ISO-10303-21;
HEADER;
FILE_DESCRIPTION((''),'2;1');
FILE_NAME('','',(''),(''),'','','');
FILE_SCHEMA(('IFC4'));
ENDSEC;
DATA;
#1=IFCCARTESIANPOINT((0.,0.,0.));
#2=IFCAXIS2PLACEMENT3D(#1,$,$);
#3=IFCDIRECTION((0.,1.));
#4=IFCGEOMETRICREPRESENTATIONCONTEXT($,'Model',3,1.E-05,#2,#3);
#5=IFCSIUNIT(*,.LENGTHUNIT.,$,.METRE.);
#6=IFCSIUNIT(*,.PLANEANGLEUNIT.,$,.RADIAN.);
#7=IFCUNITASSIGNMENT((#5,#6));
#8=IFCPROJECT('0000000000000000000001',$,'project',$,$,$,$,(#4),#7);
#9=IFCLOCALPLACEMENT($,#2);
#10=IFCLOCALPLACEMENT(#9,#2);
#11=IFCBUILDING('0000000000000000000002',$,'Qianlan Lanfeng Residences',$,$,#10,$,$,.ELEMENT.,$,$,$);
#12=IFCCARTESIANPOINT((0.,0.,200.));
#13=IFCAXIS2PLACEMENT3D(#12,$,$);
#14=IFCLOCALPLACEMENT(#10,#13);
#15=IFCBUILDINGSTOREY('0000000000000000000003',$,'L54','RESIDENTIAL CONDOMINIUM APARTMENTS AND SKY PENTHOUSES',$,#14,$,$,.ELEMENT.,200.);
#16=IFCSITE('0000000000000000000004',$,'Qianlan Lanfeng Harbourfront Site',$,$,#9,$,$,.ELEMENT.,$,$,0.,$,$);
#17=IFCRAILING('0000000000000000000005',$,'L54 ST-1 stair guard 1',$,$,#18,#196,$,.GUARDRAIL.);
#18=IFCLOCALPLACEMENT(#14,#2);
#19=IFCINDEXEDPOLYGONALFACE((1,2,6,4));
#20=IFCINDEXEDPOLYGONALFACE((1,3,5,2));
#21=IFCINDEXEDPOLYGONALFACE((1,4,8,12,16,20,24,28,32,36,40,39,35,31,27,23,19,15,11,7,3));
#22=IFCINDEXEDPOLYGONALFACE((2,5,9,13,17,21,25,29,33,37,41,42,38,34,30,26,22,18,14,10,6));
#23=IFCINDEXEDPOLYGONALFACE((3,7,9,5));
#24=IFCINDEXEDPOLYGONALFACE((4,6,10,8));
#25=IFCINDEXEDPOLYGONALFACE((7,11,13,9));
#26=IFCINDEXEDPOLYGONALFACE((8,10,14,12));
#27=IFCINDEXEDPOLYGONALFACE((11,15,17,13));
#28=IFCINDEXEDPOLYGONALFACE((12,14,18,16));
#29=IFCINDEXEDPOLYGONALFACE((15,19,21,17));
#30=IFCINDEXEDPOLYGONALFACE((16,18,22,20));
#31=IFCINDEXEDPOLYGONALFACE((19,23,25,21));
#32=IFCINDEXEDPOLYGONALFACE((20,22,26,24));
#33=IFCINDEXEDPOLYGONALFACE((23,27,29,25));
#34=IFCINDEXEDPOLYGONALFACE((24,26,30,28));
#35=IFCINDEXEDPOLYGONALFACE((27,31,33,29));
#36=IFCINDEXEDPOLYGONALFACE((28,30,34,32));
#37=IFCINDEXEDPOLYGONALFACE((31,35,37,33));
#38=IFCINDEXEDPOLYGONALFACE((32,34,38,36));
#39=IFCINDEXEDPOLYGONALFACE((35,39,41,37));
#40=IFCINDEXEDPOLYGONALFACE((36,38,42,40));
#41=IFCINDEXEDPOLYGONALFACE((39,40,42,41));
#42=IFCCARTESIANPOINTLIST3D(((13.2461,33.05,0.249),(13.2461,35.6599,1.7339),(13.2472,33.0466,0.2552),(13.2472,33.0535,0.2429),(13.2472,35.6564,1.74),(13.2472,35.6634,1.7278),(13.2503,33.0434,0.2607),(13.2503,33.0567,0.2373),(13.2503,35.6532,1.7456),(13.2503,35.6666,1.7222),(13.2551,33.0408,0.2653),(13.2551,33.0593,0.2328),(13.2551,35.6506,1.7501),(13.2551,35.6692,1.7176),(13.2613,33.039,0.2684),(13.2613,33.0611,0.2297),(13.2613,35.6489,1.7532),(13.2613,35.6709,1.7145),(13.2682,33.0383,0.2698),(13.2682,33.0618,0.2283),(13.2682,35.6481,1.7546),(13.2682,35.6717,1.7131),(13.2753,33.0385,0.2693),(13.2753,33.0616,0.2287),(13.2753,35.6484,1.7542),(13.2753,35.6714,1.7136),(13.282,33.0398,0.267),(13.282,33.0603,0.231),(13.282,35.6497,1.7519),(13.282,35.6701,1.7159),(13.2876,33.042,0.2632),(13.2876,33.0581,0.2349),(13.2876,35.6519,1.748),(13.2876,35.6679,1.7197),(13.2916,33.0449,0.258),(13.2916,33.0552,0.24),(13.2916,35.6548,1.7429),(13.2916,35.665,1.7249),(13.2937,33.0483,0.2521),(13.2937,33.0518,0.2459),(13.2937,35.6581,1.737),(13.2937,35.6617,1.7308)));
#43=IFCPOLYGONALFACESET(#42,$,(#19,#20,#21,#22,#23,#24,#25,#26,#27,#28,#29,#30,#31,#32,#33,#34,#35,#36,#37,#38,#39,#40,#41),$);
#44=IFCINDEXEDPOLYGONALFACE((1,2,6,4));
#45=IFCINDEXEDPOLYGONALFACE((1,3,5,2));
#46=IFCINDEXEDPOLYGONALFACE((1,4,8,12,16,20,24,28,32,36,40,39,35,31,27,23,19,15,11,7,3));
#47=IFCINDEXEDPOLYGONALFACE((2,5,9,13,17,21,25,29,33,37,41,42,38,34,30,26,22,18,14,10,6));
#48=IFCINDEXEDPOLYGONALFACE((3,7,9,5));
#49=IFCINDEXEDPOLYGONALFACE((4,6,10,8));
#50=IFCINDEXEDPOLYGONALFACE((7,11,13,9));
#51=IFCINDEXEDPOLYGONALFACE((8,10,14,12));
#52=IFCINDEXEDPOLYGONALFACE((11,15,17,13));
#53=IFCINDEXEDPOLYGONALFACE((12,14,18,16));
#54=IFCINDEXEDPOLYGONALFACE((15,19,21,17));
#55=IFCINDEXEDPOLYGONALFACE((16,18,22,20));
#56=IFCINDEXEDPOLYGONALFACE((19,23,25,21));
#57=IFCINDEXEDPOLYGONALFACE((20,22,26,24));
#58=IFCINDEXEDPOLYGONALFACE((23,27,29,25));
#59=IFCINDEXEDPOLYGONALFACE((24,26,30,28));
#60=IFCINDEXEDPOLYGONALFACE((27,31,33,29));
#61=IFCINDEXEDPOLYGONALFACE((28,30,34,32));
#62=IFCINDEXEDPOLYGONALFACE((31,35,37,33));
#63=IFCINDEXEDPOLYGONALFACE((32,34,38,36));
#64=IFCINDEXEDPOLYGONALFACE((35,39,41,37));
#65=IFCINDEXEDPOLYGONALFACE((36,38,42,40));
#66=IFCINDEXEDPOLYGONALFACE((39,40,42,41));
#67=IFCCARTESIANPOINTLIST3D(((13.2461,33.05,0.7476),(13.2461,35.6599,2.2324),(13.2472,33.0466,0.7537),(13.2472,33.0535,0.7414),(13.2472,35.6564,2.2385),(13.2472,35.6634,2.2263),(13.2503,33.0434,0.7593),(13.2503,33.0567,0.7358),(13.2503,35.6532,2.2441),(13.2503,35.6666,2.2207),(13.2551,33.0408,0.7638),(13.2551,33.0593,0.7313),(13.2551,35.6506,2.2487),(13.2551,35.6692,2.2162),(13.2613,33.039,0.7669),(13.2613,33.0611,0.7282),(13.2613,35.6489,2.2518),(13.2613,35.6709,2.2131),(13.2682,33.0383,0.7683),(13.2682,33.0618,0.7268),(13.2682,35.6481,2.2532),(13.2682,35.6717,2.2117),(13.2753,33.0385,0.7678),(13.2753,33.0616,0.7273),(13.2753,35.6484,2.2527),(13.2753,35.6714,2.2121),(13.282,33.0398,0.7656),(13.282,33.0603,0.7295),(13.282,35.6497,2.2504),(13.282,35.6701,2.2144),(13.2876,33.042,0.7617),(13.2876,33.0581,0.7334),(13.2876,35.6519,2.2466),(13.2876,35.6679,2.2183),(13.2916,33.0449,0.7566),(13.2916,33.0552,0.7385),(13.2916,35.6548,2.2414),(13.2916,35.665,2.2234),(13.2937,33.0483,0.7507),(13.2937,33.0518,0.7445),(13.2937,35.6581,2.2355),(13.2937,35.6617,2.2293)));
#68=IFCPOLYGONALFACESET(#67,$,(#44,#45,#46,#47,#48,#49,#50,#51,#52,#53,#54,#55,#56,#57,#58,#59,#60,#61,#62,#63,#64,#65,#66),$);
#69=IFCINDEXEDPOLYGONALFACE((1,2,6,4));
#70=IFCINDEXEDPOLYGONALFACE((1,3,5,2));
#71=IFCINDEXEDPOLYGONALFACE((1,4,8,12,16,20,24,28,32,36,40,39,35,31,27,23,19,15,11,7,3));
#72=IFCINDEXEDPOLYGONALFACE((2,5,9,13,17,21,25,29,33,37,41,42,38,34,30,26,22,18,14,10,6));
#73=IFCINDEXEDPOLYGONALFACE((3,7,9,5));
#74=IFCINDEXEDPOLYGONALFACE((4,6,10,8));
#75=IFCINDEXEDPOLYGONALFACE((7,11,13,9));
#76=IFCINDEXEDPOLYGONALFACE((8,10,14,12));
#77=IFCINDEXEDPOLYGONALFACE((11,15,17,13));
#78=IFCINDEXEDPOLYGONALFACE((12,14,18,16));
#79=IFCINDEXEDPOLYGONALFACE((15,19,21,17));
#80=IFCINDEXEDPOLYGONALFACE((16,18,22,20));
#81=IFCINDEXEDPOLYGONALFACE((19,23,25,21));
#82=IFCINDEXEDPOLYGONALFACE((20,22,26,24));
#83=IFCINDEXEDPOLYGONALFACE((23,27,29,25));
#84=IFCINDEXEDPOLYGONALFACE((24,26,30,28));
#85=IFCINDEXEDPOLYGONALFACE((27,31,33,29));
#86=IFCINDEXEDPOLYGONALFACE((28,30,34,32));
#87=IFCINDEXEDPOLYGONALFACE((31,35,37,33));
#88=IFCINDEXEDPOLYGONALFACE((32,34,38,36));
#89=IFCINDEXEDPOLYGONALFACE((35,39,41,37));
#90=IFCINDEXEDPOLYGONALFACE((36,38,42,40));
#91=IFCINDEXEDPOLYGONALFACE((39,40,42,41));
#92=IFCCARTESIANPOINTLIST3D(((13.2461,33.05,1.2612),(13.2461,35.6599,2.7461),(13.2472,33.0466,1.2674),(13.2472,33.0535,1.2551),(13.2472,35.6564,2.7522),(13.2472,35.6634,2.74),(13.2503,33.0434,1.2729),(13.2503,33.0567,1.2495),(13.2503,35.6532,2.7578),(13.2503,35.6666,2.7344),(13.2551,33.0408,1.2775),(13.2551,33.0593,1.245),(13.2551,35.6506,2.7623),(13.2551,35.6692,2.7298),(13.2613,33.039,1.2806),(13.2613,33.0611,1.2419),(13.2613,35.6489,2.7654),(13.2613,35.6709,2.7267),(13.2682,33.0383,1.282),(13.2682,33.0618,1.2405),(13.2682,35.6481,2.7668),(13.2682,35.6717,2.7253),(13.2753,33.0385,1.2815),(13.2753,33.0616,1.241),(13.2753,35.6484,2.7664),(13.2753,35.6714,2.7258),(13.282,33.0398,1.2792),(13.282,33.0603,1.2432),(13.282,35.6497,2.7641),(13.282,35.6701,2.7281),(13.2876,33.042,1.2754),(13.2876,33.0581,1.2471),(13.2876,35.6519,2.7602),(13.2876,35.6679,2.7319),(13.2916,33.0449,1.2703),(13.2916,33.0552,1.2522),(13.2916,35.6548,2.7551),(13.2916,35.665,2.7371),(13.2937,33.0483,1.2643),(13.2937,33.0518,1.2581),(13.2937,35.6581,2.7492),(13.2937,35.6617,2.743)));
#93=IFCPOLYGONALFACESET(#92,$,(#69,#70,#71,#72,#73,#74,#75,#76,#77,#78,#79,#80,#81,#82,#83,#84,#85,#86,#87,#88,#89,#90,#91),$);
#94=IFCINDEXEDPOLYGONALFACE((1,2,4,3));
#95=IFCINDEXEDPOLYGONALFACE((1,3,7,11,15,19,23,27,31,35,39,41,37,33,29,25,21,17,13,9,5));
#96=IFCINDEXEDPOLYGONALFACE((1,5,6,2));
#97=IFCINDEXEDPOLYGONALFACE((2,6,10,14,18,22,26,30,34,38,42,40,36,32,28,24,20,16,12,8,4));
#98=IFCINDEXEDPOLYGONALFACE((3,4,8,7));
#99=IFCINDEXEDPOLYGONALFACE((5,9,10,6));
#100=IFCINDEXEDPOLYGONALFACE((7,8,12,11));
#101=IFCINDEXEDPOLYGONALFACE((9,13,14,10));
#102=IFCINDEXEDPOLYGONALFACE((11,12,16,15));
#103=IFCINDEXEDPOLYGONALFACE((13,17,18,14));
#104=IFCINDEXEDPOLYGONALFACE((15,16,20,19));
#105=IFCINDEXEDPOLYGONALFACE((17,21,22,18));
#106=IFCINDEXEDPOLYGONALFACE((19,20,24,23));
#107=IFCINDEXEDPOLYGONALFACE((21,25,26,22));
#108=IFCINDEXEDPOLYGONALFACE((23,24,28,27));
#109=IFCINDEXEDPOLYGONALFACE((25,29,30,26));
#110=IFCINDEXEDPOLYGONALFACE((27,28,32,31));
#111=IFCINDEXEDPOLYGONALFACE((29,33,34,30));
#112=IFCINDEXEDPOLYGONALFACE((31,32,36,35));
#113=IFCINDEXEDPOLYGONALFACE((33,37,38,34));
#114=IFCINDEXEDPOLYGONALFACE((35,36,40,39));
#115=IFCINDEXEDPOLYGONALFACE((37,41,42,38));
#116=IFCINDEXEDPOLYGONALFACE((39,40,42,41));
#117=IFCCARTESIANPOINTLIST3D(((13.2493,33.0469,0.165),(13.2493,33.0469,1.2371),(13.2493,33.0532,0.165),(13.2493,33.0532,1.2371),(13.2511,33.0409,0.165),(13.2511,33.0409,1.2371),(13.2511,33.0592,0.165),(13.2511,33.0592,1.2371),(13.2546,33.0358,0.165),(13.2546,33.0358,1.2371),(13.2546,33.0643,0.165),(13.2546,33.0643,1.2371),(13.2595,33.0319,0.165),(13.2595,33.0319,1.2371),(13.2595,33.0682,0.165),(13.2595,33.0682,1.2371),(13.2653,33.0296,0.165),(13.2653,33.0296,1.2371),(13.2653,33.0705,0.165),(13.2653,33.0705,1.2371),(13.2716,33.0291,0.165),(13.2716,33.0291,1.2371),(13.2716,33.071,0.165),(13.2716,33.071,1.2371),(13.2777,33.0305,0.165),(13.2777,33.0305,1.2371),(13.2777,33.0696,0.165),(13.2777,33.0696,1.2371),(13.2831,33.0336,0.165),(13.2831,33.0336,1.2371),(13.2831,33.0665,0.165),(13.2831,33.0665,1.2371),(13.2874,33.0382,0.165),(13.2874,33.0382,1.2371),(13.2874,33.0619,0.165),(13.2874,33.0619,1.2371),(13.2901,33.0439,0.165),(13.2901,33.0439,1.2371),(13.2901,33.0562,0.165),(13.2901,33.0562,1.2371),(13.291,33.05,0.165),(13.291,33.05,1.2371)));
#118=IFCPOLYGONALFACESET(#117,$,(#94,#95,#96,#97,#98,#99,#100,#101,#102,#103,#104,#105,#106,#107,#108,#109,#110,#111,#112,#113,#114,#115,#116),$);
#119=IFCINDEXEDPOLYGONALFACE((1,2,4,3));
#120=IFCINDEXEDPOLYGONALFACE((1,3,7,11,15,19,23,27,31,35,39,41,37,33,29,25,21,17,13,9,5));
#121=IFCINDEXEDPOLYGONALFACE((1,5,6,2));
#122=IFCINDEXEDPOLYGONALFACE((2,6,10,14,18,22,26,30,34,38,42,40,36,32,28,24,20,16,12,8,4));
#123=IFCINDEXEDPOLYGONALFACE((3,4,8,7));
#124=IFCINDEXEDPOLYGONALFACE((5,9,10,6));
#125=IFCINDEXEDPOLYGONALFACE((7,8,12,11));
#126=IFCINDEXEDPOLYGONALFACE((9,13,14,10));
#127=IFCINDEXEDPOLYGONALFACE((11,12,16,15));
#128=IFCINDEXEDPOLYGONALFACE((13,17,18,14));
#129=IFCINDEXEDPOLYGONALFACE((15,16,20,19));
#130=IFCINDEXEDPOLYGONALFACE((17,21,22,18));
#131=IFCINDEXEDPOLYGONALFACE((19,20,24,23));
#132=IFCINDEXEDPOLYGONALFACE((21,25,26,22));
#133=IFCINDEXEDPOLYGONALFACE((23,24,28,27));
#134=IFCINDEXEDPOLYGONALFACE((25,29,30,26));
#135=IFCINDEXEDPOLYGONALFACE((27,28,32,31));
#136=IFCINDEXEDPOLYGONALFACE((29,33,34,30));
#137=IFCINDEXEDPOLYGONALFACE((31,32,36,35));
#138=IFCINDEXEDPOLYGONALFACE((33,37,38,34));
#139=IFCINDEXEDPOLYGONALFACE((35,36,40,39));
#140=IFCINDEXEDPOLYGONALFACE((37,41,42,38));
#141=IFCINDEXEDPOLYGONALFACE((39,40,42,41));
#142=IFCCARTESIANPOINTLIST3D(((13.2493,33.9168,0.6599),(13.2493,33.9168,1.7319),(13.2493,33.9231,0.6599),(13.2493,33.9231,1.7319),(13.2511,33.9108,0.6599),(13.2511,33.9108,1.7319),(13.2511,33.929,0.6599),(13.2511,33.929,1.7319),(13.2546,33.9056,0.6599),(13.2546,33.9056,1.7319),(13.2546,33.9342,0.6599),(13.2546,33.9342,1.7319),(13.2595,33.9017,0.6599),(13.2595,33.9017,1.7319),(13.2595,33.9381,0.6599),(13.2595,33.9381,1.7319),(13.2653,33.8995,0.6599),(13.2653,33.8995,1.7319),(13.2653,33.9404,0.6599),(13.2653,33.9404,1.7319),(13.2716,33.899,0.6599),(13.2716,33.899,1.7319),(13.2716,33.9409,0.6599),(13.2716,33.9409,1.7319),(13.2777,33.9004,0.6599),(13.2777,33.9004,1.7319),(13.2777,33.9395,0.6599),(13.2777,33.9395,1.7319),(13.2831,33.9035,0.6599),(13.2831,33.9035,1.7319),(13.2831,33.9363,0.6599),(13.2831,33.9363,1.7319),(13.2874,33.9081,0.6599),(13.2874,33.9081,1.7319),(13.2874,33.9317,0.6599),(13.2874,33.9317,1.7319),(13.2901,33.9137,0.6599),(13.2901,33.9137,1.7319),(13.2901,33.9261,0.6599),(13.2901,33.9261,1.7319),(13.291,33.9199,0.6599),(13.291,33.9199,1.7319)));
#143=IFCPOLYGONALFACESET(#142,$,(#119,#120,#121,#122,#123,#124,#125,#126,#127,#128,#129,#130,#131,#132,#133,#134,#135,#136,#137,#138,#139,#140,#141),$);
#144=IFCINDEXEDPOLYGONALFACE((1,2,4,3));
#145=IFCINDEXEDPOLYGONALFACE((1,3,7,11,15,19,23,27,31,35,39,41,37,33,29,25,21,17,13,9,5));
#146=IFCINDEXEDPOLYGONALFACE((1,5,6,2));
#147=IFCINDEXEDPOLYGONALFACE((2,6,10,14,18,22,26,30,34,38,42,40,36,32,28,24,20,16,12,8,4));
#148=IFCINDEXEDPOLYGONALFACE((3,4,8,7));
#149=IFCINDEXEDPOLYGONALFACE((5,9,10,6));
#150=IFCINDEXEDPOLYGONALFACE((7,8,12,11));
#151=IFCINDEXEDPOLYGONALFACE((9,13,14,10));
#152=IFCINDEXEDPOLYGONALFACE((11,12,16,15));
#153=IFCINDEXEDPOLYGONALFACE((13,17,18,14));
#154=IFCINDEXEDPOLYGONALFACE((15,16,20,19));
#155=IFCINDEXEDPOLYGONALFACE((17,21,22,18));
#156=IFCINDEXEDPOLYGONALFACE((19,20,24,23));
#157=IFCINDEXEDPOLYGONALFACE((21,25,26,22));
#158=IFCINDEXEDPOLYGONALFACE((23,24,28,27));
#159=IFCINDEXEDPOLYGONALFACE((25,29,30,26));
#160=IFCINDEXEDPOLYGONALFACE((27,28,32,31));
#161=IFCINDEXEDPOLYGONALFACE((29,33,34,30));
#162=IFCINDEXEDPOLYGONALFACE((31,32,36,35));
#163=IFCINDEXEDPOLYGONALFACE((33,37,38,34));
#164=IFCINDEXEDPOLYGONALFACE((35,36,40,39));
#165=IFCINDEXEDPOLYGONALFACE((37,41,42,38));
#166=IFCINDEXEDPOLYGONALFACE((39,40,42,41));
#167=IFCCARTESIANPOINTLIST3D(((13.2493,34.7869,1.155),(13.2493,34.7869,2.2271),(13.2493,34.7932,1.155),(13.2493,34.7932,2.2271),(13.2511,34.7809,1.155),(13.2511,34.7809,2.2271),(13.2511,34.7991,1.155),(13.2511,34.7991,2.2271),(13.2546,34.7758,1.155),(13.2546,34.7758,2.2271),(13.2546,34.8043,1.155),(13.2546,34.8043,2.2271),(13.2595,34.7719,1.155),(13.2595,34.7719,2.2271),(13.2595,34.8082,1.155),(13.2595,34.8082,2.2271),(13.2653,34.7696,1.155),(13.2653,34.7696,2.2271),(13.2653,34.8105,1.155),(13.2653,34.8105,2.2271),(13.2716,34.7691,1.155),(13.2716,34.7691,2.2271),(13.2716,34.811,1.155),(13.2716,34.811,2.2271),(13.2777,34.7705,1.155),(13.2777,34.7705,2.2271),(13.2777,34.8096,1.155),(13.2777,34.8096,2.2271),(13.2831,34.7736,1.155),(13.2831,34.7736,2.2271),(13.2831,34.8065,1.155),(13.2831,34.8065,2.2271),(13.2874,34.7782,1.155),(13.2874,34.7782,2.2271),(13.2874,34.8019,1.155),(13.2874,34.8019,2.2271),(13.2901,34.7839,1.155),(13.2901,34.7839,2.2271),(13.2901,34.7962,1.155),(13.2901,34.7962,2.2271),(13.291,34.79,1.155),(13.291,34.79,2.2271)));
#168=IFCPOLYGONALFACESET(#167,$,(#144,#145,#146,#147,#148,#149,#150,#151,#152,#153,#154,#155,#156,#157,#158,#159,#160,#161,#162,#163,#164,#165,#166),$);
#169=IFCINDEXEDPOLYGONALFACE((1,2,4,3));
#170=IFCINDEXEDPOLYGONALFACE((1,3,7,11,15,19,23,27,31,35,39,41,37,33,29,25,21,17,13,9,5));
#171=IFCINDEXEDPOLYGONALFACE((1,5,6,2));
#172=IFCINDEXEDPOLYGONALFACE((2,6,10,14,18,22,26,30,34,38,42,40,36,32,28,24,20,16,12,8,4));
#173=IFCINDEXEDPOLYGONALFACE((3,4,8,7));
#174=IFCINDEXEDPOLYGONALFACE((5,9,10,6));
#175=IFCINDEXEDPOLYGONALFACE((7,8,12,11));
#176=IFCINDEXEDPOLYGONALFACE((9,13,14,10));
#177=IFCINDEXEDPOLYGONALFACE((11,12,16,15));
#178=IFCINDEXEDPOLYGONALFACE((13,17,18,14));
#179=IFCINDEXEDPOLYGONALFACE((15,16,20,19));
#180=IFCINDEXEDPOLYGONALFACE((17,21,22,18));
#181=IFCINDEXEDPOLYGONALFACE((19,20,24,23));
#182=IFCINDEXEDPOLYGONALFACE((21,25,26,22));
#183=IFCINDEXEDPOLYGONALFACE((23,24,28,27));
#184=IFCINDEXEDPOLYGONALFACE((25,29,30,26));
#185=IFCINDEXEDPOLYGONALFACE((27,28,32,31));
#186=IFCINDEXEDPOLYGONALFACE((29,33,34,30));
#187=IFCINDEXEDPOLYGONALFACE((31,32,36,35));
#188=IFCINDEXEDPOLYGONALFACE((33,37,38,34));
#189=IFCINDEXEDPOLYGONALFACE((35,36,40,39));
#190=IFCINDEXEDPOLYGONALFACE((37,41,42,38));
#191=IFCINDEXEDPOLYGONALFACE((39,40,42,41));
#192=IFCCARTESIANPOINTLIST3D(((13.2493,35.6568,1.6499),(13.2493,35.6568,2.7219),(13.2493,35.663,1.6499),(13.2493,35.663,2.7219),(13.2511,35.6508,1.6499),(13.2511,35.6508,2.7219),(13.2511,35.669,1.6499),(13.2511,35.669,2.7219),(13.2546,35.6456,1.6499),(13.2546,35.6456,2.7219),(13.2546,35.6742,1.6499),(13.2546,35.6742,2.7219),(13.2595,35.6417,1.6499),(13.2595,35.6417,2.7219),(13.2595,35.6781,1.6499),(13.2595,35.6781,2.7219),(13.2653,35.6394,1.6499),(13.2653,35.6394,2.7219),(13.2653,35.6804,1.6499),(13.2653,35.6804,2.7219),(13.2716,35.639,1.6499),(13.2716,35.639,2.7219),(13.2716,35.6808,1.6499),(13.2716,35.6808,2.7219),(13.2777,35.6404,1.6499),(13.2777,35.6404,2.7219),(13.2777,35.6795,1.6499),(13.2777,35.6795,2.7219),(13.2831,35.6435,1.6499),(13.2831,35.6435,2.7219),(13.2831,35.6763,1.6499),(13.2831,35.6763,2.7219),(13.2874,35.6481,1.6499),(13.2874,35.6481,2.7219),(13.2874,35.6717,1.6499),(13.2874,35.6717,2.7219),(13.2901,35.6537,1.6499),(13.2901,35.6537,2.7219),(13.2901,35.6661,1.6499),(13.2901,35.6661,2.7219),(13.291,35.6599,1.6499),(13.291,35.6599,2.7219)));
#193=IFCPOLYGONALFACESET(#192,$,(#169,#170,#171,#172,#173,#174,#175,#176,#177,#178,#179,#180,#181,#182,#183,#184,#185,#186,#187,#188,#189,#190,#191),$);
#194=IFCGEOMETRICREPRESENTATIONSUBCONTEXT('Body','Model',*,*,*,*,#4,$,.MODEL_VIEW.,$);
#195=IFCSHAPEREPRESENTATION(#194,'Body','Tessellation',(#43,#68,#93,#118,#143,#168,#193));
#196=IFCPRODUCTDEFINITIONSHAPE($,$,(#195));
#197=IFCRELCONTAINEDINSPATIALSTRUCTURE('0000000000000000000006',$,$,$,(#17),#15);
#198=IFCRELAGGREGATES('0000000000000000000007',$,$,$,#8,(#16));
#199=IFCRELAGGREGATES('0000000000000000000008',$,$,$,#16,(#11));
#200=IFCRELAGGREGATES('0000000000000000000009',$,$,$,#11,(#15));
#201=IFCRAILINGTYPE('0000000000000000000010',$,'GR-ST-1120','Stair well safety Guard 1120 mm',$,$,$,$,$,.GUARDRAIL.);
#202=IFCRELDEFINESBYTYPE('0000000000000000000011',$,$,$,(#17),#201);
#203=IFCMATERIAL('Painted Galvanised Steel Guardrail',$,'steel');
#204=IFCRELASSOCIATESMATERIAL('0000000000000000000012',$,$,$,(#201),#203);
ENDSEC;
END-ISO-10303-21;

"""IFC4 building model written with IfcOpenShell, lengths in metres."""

from ifc_helpers import new_model, si_unit, direction, frame, origin, origin_2d, place, context, subcontext, project, spatial, circle, extrude, material, type_object, element, save


model = new_model("IFC4")

# Units and contexts
model_context = context("Model", 3, precision=1e-05, world=origin(), true_north=direction((0.0, 1.0)))
body_context = subcontext(model_context, "Body", "Model", "MODEL_VIEW")
ifc_project = project(units=[si_unit("LENGTHUNIT", "METRE"), si_unit("PLANEANGLEUNIT", "RADIAN")], contexts=[model_context])

# Site, building, storey
site_placement = place(None, origin())
site = spatial("IfcSite", under=ifc_project, at=site_placement, Name="Qianlan Lanfeng Harbourfront Site", CompositionType="ELEMENT", RefElevation=0.0)
building_placement = place(site_placement, origin())
building = spatial("IfcBuilding", under=site, at=building_placement, Name="Qianlan Lanfeng Residences", CompositionType="ELEMENT")
storey_placement = place(building_placement, frame((0.0, 0.0, 200.0)))
storey = spatial("IfcBuildingStorey", under=building, at=storey_placement, Name="L54", Description="RESIDENTIAL CONDOMINIUM APARTMENTS AND SKY PENTHOUSES", CompositionType="ELEMENT", Elevation=200.0)

# Railing
ifc_material_1 = material(Name="Painted Galvanised Steel Guardrail", Category="steel")
railing_type_1 = type_object("IfcRailingType", Name="GR-ST-1120", Description="Stair well safety Guard 1120 mm", PredefinedType="GUARDRAIL", material=ifc_material_1)
railing_1_placement = place(storey_placement, frame((13.27, 33.05, 0.165)))
element("IfcRailing", 1, at=railing_1_placement, inside=storey, type_object=railing_type_1, Name="L54 ST-1 stair guard 1", PredefinedType="GUARDRAIL", context=body_context, shape_type="SweptSolid", body=[
    extrude(circle(Radius=0.0239, at=origin_2d()), frame((0.0, 0.0, 0.084), z_axis=(0.0, 0.869172, 0.494509), x_axis=(-1.0, 0.0, 0.0)), (0.0, 0.0, 1.0), 3.0027),
    extrude(circle(Radius=0.0239, at=origin_2d()), frame((0.0, 0.0, 0.5825), z_axis=(0.0, 0.869172, 0.494509), x_axis=(-1.0, 0.0, 0.0)), (0.0, 0.0, 1.0), 3.0027),
    extrude(circle(Radius=0.0239, at=origin_2d()), frame((0.0, 0.0, 1.0962), z_axis=(0.0, 0.869172, 0.494509), x_axis=(-1.0, 0.0, 0.0)), (0.0, 0.0, 1.0), 3.0027),
    extrude(circle(Radius=0.021, at=origin_2d()), origin(), (0.0, 0.0, 1.0), 1.072),
    extrude(circle(Radius=0.021, at=origin_2d()), frame((0.0, 0.8699, 0.4949)), (0.0, 0.0, 1.0), 1.072),
    extrude(circle(Radius=0.021, at=origin_2d()), frame((0.0, 1.74, 0.99)), (0.0, 0.0, 1.0), 1.072),
    extrude(circle(Radius=0.021, at=origin_2d()), frame((0.0, 2.6099, 1.4849)), (0.0, 0.0, 1.0), 1.072),
])

save(model, "model.ifc")
